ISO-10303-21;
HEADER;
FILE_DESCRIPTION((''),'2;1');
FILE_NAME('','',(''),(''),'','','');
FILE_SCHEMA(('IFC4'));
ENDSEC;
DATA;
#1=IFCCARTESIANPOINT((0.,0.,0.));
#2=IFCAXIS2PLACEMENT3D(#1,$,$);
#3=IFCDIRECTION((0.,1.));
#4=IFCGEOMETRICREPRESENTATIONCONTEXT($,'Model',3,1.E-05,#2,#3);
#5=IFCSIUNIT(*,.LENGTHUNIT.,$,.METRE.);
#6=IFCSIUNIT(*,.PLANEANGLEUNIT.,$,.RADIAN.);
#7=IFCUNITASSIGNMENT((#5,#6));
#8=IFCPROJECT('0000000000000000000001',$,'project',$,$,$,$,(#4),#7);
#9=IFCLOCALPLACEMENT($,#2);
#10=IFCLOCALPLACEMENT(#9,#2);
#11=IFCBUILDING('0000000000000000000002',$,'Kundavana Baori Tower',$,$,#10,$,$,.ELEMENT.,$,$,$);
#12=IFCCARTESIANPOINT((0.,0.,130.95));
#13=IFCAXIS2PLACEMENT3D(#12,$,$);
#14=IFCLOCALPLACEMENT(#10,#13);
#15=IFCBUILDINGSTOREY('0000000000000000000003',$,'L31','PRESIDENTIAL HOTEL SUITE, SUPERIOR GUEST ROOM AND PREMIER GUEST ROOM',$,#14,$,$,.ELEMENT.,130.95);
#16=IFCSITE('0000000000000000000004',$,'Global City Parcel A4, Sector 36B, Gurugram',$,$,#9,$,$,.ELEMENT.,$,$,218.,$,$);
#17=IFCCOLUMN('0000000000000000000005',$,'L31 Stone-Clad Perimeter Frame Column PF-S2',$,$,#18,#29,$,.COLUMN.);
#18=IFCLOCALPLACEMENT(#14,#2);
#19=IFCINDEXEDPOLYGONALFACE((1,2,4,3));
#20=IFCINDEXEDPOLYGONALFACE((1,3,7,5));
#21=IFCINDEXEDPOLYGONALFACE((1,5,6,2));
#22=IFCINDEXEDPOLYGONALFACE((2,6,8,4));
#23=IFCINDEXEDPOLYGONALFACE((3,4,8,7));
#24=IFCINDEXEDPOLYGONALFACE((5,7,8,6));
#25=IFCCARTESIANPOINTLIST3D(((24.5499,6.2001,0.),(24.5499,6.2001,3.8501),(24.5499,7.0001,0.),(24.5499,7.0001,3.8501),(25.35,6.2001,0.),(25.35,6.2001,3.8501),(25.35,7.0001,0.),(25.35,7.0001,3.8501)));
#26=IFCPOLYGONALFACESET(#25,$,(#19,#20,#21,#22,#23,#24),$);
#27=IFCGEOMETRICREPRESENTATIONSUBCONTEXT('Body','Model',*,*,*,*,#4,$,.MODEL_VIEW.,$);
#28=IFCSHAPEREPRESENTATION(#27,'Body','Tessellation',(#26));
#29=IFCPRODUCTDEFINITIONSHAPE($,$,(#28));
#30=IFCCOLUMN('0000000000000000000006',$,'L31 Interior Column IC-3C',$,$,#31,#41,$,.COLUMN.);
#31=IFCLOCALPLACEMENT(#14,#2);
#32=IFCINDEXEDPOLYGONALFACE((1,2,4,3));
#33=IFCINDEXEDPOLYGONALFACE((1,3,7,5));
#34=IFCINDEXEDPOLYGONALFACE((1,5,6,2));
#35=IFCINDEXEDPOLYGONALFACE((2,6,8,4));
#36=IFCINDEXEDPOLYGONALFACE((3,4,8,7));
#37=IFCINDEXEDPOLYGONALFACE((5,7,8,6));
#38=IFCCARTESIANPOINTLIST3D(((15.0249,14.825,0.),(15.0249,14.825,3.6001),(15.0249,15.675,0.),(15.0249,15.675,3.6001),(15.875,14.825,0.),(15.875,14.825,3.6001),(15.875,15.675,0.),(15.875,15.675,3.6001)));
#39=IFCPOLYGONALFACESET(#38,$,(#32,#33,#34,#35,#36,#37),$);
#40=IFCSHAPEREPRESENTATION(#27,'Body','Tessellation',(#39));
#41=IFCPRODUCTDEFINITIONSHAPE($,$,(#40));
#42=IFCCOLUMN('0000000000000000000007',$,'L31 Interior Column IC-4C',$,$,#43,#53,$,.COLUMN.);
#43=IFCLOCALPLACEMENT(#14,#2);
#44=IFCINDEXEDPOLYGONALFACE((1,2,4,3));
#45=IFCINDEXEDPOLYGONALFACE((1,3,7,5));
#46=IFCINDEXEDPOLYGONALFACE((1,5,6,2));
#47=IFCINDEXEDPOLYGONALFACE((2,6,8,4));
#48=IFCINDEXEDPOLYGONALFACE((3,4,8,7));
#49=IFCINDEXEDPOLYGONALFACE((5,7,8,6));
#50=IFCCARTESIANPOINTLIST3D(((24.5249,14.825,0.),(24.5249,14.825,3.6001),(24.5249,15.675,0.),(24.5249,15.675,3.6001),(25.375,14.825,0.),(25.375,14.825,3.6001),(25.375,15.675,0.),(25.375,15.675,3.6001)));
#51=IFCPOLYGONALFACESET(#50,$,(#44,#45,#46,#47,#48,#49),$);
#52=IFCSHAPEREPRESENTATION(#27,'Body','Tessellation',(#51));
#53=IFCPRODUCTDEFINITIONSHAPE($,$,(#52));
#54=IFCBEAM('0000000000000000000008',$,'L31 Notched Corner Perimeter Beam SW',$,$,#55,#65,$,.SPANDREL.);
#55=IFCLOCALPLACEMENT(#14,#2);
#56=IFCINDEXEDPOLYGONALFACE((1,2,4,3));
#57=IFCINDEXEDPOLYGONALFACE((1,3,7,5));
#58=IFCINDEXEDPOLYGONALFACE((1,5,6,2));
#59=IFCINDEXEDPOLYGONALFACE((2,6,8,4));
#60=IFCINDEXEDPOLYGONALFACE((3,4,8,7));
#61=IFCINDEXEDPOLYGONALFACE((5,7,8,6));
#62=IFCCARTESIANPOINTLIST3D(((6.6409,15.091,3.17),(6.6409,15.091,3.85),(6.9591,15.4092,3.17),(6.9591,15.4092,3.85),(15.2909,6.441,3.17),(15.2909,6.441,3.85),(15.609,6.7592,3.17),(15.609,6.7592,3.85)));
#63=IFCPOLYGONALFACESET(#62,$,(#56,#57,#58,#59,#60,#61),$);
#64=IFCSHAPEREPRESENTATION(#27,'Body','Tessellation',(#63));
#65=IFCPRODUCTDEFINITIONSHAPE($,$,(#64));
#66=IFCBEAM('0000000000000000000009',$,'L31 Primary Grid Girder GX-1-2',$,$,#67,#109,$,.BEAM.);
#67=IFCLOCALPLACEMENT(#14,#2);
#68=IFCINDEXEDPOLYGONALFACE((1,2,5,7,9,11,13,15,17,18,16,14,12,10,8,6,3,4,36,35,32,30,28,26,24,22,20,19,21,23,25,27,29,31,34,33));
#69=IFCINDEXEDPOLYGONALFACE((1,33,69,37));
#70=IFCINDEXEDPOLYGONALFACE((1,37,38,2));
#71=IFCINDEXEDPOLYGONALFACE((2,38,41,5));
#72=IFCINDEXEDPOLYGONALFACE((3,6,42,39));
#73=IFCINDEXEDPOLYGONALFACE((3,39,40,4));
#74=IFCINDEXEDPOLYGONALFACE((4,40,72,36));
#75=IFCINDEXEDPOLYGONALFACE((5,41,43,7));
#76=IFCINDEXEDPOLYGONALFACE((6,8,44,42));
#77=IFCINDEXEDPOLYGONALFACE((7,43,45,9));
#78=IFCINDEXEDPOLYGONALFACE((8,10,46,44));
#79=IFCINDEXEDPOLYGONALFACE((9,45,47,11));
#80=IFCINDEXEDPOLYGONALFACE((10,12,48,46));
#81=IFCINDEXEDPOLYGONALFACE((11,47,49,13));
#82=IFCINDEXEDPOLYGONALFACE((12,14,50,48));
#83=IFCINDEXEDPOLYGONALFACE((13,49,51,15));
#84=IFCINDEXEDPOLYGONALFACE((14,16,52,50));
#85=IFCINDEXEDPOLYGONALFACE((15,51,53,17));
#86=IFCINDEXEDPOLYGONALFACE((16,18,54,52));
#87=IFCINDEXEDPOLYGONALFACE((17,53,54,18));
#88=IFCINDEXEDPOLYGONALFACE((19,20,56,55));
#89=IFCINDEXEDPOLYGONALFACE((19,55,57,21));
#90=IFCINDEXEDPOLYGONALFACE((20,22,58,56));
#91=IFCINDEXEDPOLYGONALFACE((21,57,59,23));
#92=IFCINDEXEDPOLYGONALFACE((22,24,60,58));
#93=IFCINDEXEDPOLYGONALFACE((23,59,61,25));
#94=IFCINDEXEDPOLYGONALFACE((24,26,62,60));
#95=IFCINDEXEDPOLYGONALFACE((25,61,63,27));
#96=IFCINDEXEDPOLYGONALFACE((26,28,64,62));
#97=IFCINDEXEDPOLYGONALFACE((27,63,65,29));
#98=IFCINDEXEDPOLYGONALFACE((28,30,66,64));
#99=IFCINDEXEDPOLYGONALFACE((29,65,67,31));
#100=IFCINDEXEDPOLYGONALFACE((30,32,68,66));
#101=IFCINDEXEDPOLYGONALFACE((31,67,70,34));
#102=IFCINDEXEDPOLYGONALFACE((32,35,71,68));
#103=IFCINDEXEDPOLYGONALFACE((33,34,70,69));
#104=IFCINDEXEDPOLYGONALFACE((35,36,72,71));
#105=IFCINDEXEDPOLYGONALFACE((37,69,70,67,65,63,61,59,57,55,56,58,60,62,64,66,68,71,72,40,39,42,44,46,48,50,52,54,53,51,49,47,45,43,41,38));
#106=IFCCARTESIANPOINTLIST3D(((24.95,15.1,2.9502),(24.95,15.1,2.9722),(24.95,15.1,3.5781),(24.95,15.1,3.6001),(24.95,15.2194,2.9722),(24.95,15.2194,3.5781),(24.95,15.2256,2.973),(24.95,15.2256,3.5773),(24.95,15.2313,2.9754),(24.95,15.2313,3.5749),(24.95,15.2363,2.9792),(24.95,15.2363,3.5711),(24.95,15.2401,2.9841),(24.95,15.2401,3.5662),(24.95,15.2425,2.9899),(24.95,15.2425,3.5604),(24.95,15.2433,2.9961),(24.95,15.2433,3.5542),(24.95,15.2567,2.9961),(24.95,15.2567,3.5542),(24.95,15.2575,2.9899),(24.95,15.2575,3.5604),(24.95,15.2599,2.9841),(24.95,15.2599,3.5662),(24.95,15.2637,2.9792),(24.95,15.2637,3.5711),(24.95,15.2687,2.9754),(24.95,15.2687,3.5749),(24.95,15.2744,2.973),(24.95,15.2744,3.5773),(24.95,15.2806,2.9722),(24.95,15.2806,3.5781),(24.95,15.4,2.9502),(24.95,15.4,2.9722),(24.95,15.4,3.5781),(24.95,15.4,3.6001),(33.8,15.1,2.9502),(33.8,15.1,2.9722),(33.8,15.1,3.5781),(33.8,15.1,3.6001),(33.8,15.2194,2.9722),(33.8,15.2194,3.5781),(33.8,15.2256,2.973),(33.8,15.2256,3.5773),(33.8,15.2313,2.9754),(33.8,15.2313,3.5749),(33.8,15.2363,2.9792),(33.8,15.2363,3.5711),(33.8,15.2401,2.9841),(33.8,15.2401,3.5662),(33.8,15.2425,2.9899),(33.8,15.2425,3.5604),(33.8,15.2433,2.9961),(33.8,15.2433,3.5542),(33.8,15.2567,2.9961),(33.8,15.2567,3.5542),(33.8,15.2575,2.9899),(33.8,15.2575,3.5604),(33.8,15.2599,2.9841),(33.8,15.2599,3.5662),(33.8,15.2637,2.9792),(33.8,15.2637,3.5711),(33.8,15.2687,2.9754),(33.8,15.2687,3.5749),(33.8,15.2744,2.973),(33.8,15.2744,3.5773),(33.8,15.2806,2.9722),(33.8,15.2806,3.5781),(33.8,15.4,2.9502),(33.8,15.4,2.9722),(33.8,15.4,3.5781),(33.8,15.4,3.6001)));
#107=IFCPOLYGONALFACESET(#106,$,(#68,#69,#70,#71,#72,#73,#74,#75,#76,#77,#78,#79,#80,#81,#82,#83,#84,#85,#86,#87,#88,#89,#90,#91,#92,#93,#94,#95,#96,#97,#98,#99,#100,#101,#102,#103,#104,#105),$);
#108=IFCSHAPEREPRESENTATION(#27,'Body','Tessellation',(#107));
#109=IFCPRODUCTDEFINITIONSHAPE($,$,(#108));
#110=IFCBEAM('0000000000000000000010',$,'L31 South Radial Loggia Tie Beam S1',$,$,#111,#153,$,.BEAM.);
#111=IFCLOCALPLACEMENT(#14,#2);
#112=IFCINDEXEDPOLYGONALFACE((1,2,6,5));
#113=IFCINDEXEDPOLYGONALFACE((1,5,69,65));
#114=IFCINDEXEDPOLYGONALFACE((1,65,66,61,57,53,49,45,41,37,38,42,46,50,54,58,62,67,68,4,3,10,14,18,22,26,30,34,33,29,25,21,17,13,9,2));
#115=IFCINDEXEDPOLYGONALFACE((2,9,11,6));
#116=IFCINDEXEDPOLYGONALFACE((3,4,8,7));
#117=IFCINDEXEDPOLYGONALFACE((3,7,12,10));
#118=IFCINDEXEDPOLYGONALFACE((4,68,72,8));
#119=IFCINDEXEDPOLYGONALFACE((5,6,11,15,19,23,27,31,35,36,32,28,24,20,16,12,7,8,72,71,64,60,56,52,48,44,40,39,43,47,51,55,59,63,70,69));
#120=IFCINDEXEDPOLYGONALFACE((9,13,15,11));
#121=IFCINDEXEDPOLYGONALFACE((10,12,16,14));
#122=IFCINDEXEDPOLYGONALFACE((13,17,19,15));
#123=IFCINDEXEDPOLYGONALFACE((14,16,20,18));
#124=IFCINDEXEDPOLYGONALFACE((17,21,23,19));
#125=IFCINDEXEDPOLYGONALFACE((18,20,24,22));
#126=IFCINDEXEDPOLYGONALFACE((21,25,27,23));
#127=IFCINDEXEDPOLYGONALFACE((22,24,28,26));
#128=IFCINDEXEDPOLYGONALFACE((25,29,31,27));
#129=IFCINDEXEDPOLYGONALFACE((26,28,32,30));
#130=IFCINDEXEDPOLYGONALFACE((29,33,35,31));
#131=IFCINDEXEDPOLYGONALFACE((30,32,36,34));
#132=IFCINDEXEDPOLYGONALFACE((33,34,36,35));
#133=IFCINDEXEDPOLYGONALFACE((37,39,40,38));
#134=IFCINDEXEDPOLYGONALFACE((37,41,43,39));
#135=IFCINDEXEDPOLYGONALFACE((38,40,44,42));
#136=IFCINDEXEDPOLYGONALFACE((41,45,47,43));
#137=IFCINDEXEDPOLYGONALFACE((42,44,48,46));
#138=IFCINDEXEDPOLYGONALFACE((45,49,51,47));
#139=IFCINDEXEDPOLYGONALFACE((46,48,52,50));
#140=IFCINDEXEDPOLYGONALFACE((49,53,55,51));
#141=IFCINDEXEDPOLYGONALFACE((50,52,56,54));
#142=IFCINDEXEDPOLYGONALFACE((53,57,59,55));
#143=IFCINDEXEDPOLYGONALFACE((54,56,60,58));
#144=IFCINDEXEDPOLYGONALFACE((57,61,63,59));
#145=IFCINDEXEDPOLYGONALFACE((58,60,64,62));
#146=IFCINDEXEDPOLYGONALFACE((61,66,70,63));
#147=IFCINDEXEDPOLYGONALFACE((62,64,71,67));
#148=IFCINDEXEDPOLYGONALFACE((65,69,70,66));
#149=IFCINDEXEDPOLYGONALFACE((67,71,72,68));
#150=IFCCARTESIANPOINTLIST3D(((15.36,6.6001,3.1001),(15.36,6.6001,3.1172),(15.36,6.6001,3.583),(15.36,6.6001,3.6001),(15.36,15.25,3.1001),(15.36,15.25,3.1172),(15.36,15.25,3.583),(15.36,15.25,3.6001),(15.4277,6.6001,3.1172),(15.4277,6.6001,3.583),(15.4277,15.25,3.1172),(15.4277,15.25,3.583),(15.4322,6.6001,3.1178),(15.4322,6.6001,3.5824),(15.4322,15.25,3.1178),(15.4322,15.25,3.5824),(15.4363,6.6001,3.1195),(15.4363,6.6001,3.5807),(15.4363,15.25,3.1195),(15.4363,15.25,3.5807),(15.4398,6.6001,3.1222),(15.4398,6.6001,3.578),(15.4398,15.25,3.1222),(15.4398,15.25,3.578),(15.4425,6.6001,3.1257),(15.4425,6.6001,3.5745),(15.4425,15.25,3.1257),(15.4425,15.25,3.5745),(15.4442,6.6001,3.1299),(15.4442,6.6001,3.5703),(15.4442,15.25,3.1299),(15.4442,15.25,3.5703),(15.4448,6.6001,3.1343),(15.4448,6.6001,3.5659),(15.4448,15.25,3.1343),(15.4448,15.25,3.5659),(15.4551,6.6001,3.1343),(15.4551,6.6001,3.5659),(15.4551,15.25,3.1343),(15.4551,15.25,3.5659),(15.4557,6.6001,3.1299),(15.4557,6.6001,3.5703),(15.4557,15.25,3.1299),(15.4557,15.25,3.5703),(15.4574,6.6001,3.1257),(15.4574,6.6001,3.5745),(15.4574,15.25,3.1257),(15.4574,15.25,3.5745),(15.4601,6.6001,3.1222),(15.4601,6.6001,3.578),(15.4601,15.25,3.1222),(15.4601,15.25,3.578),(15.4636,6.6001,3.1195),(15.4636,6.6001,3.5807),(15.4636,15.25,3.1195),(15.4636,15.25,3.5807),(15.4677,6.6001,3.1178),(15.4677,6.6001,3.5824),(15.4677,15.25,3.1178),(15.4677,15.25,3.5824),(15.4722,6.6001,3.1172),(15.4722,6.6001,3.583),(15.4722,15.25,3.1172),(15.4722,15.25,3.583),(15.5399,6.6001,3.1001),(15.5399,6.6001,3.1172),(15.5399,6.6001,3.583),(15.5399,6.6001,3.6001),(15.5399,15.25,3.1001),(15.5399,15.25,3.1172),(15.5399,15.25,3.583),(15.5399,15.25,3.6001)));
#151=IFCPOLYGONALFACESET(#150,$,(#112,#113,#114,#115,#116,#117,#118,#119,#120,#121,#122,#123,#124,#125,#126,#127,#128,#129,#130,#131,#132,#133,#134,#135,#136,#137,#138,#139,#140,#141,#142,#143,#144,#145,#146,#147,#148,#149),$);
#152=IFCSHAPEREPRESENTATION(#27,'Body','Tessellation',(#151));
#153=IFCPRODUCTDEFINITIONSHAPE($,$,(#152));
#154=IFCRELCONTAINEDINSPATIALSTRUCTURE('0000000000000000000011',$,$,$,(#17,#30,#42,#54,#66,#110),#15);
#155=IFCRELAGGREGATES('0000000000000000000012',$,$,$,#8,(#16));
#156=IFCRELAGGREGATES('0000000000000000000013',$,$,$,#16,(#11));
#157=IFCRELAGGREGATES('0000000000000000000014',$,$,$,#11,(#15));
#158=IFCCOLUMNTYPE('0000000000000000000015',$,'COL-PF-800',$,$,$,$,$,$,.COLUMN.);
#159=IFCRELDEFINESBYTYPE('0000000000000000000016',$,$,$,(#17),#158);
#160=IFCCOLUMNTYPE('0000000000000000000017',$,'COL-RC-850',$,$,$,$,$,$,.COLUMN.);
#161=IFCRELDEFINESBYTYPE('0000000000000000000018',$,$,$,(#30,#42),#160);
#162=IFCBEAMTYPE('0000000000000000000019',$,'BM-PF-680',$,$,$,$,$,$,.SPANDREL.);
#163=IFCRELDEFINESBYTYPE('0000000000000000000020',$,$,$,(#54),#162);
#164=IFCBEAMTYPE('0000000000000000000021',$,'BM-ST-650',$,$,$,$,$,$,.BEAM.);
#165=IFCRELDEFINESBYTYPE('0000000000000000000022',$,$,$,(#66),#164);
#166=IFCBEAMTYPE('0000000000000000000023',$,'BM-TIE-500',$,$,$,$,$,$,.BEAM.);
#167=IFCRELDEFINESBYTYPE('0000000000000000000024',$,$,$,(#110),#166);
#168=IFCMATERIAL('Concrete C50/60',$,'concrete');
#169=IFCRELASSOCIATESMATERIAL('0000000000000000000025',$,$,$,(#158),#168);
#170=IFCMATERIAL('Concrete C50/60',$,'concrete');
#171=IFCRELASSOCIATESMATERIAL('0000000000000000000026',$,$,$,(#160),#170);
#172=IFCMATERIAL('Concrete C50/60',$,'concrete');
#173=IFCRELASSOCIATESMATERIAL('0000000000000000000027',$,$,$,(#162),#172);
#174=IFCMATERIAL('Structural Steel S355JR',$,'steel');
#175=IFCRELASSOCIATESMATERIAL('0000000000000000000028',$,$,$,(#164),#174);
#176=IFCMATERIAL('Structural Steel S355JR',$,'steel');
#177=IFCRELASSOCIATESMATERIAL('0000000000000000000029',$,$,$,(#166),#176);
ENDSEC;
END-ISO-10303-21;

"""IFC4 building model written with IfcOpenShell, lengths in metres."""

from ifc_helpers import new_model, si_unit, direction, frame, origin, origin_2d, place, context, subcontext, project, spatial, rectangle, i_section, extrude, material, material_profile, profile_set, type_object, element, save


model = new_model("IFC4")

# Units and contexts
model_context = context("Model", 3, precision=1e-05, world=origin(), true_north=direction((0.0, 1.0)))
body_context = subcontext(model_context, "Body", "Model", "MODEL_VIEW")
ifc_project = project(units=[si_unit("LENGTHUNIT", "METRE"), si_unit("PLANEANGLEUNIT", "RADIAN")], contexts=[model_context])

# Site, building, storey
site_placement = place(None, origin())
site = spatial("IfcSite", under=ifc_project, at=site_placement, Name="Global City Parcel A4, Sector 36B, Gurugram", CompositionType="ELEMENT", RefElevation=218.0)
building_placement = place(site_placement, origin())
building = spatial("IfcBuilding", under=site, at=building_placement, Name="Kundavana Baori Tower", CompositionType="ELEMENT")
storey_placement = place(building_placement, frame((0.0, 0.0, 130.95)))
storey = spatial("IfcBuildingStorey", under=building, at=storey_placement, Name="L31", Description="PRESIDENTIAL HOTEL SUITE, SUPERIOR GUEST ROOM AND PREMIER GUEST ROOM", CompositionType="ELEMENT", Elevation=130.95)

# Columns
ifc_material_1 = material(Name="Concrete C50/60", Category="concrete")
ifc_material_profile_1 = material_profile(ifc_material_1, rectangle(XDim=0.8, YDim=0.8, at=origin_2d()), Name="RC PF 800x800")
ifc_profile_set_1 = profile_set([ifc_material_profile_1], Name="Concrete C50/60")
column_type_1 = type_object("IfcColumnType", Name="COL-PF-800", PredefinedType="COLUMN", material=ifc_profile_set_1)
column_placement = place(storey_placement, frame((24.95, 6.6001, 0.0), z_axis=(0.0, 0.0, 1.0), x_axis=(1.0, 0.0, 0.0)))
element("IfcColumn", 1, at=column_placement, inside=storey, type_object=column_type_1, Name="L31 Stone-Clad Perimeter Frame Column PF-S2", PredefinedType="COLUMN", context=body_context, shape_type="SweptSolid", body=[
    extrude(rectangle(XDim=0.8, YDim=0.8, at=origin_2d()), origin(), (0.0, 0.0, 1.0), 3.8501),
])
ifc_material_2 = material(Name="Concrete C50/60", Category="concrete")
ifc_material_profile_2 = material_profile(ifc_material_2, rectangle(XDim=0.8501, YDim=0.8501, at=origin_2d()), Name="RC 850x850")
ifc_profile_set_2 = profile_set([ifc_material_profile_2], Name="Concrete C50/60")
column_type_2 = type_object("IfcColumnType", Name="COL-RC-850", PredefinedType="COLUMN", material=ifc_profile_set_2)
for number, where, z_axis, x_axis, name in (
    (2, (15.45, 15.25, 0.0), (0.0, 0.0, 1.0), (1.0, 0.0, 0.0), "L31 Interior Column IC-3C"),
    (3, (24.95, 15.25, 0.0), (0.0, 0.0, 1.0), (1.0, 0.0, 0.0), "L31 Interior Column IC-4C"),
):
    element("IfcColumn", number, at=place(storey_placement, frame(where, z_axis=z_axis, x_axis=x_axis)), inside=storey, type_object=column_type_2, Name=name, PredefinedType="COLUMN", context=body_context, shape_type="SweptSolid", body=[
        extrude(rectangle(XDim=0.8501, YDim=0.8501, at=origin_2d()), origin(), (0.0, 0.0, 1.0), 3.6001),
    ])

# Beams
ifc_material_3 = material(Name="Concrete C50/60", Category="concrete")
ifc_material_profile_3 = material_profile(ifc_material_3, rectangle(XDim=0.45, YDim=0.6799, at=origin_2d()), Name="RC BM 450x680")
ifc_profile_set_3 = profile_set([ifc_material_profile_3], Name="Concrete C50/60")
beam_type_1 = type_object("IfcBeamType", Name="BM-PF-680", PredefinedType="SPANDREL", material=ifc_profile_set_3)
beam_1_placement = place(storey_placement, frame((15.45, 6.6001, 3.51), z_axis=(-0.707107, 0.707107, 0.0), x_axis=(-0.707107, -0.707107, 0.0)))
element("IfcBeam", 4, at=beam_1_placement, inside=storey, type_object=beam_type_1, Name="L31 Notched Corner Perimeter Beam SW", PredefinedType="SPANDREL", context=body_context, shape_type="SweptSolid", body=[
    extrude(rectangle(XDim=0.45, YDim=0.6799, at=origin_2d()), origin(), (0.0, 0.0, 1.0), 12.2329),
])
ifc_material_4 = material(Name="Structural Steel S355JR", Category="steel")
ifc_material_profile_4 = material_profile(ifc_material_4, i_section(OverallWidth=0.3, OverallDepth=0.6499, WebThickness=0.0134, FlangeThickness=0.022, FilletRadius=0.0239, at=origin_2d()), Name="NPB 650x300x155")
ifc_profile_set_4 = profile_set([ifc_material_profile_4], Name="Structural Steel S355JR")
beam_type_2 = type_object("IfcBeamType", Name="BM-ST-650", PredefinedType="BEAM", material=ifc_profile_set_4)
beam_2_placement = place(storey_placement, frame((24.95, 15.25, 3.2751), z_axis=(1.0, 0.0, 0.0), x_axis=(0.0, 1.0, 0.0)))
element("IfcBeam", 5, at=beam_2_placement, inside=storey, type_object=beam_type_2, Name="L31 Primary Grid Girder GX-1-2", PredefinedType="BEAM", context=body_context, shape_type="SweptSolid", body=[
    extrude(i_section(OverallWidth=0.3, OverallDepth=0.6499, WebThickness=0.0134, FlangeThickness=0.022, FilletRadius=0.0239, at=origin_2d()), origin(), (0.0, 0.0, 1.0), 8.8501),
])
ifc_material_5 = material(Name="Structural Steel S355JR", Category="steel")
ifc_material_profile_5 = material_profile(ifc_material_5, i_section(OverallWidth=0.1799, OverallDepth=0.5, WebThickness=0.0103, FlangeThickness=0.0171, FilletRadius=0.0171, at=origin_2d()), Name="ISMB 500")
ifc_profile_set_5 = profile_set([ifc_material_profile_5], Name="Structural Steel S355JR")
beam_type_3 = type_object("IfcBeamType", Name="BM-TIE-500", PredefinedType="BEAM", material=ifc_profile_set_5)
for number, where, z_axis, x_axis, name in (
    (6, (15.45, 15.25, 3.3501), (0.0, -1.0, 0.0), (1.0, 0.0, 0.0), "L31 South Radial Loggia Tie Beam S1"),
):
    element("IfcBeam", number, at=place(storey_placement, frame(where, z_axis=z_axis, x_axis=x_axis)), inside=storey, type_object=beam_type_3, Name=name, PredefinedType="BEAM", context=body_context, shape_type="SweptSolid", body=[
        extrude(i_section(OverallWidth=0.1799, OverallDepth=0.5, WebThickness=0.0103, FlangeThickness=0.0171, FilletRadius=0.0171, at=origin_2d()), origin(), (0.0, 0.0, 1.0), 8.6499),
    ])

save(model, "model.ifc")
